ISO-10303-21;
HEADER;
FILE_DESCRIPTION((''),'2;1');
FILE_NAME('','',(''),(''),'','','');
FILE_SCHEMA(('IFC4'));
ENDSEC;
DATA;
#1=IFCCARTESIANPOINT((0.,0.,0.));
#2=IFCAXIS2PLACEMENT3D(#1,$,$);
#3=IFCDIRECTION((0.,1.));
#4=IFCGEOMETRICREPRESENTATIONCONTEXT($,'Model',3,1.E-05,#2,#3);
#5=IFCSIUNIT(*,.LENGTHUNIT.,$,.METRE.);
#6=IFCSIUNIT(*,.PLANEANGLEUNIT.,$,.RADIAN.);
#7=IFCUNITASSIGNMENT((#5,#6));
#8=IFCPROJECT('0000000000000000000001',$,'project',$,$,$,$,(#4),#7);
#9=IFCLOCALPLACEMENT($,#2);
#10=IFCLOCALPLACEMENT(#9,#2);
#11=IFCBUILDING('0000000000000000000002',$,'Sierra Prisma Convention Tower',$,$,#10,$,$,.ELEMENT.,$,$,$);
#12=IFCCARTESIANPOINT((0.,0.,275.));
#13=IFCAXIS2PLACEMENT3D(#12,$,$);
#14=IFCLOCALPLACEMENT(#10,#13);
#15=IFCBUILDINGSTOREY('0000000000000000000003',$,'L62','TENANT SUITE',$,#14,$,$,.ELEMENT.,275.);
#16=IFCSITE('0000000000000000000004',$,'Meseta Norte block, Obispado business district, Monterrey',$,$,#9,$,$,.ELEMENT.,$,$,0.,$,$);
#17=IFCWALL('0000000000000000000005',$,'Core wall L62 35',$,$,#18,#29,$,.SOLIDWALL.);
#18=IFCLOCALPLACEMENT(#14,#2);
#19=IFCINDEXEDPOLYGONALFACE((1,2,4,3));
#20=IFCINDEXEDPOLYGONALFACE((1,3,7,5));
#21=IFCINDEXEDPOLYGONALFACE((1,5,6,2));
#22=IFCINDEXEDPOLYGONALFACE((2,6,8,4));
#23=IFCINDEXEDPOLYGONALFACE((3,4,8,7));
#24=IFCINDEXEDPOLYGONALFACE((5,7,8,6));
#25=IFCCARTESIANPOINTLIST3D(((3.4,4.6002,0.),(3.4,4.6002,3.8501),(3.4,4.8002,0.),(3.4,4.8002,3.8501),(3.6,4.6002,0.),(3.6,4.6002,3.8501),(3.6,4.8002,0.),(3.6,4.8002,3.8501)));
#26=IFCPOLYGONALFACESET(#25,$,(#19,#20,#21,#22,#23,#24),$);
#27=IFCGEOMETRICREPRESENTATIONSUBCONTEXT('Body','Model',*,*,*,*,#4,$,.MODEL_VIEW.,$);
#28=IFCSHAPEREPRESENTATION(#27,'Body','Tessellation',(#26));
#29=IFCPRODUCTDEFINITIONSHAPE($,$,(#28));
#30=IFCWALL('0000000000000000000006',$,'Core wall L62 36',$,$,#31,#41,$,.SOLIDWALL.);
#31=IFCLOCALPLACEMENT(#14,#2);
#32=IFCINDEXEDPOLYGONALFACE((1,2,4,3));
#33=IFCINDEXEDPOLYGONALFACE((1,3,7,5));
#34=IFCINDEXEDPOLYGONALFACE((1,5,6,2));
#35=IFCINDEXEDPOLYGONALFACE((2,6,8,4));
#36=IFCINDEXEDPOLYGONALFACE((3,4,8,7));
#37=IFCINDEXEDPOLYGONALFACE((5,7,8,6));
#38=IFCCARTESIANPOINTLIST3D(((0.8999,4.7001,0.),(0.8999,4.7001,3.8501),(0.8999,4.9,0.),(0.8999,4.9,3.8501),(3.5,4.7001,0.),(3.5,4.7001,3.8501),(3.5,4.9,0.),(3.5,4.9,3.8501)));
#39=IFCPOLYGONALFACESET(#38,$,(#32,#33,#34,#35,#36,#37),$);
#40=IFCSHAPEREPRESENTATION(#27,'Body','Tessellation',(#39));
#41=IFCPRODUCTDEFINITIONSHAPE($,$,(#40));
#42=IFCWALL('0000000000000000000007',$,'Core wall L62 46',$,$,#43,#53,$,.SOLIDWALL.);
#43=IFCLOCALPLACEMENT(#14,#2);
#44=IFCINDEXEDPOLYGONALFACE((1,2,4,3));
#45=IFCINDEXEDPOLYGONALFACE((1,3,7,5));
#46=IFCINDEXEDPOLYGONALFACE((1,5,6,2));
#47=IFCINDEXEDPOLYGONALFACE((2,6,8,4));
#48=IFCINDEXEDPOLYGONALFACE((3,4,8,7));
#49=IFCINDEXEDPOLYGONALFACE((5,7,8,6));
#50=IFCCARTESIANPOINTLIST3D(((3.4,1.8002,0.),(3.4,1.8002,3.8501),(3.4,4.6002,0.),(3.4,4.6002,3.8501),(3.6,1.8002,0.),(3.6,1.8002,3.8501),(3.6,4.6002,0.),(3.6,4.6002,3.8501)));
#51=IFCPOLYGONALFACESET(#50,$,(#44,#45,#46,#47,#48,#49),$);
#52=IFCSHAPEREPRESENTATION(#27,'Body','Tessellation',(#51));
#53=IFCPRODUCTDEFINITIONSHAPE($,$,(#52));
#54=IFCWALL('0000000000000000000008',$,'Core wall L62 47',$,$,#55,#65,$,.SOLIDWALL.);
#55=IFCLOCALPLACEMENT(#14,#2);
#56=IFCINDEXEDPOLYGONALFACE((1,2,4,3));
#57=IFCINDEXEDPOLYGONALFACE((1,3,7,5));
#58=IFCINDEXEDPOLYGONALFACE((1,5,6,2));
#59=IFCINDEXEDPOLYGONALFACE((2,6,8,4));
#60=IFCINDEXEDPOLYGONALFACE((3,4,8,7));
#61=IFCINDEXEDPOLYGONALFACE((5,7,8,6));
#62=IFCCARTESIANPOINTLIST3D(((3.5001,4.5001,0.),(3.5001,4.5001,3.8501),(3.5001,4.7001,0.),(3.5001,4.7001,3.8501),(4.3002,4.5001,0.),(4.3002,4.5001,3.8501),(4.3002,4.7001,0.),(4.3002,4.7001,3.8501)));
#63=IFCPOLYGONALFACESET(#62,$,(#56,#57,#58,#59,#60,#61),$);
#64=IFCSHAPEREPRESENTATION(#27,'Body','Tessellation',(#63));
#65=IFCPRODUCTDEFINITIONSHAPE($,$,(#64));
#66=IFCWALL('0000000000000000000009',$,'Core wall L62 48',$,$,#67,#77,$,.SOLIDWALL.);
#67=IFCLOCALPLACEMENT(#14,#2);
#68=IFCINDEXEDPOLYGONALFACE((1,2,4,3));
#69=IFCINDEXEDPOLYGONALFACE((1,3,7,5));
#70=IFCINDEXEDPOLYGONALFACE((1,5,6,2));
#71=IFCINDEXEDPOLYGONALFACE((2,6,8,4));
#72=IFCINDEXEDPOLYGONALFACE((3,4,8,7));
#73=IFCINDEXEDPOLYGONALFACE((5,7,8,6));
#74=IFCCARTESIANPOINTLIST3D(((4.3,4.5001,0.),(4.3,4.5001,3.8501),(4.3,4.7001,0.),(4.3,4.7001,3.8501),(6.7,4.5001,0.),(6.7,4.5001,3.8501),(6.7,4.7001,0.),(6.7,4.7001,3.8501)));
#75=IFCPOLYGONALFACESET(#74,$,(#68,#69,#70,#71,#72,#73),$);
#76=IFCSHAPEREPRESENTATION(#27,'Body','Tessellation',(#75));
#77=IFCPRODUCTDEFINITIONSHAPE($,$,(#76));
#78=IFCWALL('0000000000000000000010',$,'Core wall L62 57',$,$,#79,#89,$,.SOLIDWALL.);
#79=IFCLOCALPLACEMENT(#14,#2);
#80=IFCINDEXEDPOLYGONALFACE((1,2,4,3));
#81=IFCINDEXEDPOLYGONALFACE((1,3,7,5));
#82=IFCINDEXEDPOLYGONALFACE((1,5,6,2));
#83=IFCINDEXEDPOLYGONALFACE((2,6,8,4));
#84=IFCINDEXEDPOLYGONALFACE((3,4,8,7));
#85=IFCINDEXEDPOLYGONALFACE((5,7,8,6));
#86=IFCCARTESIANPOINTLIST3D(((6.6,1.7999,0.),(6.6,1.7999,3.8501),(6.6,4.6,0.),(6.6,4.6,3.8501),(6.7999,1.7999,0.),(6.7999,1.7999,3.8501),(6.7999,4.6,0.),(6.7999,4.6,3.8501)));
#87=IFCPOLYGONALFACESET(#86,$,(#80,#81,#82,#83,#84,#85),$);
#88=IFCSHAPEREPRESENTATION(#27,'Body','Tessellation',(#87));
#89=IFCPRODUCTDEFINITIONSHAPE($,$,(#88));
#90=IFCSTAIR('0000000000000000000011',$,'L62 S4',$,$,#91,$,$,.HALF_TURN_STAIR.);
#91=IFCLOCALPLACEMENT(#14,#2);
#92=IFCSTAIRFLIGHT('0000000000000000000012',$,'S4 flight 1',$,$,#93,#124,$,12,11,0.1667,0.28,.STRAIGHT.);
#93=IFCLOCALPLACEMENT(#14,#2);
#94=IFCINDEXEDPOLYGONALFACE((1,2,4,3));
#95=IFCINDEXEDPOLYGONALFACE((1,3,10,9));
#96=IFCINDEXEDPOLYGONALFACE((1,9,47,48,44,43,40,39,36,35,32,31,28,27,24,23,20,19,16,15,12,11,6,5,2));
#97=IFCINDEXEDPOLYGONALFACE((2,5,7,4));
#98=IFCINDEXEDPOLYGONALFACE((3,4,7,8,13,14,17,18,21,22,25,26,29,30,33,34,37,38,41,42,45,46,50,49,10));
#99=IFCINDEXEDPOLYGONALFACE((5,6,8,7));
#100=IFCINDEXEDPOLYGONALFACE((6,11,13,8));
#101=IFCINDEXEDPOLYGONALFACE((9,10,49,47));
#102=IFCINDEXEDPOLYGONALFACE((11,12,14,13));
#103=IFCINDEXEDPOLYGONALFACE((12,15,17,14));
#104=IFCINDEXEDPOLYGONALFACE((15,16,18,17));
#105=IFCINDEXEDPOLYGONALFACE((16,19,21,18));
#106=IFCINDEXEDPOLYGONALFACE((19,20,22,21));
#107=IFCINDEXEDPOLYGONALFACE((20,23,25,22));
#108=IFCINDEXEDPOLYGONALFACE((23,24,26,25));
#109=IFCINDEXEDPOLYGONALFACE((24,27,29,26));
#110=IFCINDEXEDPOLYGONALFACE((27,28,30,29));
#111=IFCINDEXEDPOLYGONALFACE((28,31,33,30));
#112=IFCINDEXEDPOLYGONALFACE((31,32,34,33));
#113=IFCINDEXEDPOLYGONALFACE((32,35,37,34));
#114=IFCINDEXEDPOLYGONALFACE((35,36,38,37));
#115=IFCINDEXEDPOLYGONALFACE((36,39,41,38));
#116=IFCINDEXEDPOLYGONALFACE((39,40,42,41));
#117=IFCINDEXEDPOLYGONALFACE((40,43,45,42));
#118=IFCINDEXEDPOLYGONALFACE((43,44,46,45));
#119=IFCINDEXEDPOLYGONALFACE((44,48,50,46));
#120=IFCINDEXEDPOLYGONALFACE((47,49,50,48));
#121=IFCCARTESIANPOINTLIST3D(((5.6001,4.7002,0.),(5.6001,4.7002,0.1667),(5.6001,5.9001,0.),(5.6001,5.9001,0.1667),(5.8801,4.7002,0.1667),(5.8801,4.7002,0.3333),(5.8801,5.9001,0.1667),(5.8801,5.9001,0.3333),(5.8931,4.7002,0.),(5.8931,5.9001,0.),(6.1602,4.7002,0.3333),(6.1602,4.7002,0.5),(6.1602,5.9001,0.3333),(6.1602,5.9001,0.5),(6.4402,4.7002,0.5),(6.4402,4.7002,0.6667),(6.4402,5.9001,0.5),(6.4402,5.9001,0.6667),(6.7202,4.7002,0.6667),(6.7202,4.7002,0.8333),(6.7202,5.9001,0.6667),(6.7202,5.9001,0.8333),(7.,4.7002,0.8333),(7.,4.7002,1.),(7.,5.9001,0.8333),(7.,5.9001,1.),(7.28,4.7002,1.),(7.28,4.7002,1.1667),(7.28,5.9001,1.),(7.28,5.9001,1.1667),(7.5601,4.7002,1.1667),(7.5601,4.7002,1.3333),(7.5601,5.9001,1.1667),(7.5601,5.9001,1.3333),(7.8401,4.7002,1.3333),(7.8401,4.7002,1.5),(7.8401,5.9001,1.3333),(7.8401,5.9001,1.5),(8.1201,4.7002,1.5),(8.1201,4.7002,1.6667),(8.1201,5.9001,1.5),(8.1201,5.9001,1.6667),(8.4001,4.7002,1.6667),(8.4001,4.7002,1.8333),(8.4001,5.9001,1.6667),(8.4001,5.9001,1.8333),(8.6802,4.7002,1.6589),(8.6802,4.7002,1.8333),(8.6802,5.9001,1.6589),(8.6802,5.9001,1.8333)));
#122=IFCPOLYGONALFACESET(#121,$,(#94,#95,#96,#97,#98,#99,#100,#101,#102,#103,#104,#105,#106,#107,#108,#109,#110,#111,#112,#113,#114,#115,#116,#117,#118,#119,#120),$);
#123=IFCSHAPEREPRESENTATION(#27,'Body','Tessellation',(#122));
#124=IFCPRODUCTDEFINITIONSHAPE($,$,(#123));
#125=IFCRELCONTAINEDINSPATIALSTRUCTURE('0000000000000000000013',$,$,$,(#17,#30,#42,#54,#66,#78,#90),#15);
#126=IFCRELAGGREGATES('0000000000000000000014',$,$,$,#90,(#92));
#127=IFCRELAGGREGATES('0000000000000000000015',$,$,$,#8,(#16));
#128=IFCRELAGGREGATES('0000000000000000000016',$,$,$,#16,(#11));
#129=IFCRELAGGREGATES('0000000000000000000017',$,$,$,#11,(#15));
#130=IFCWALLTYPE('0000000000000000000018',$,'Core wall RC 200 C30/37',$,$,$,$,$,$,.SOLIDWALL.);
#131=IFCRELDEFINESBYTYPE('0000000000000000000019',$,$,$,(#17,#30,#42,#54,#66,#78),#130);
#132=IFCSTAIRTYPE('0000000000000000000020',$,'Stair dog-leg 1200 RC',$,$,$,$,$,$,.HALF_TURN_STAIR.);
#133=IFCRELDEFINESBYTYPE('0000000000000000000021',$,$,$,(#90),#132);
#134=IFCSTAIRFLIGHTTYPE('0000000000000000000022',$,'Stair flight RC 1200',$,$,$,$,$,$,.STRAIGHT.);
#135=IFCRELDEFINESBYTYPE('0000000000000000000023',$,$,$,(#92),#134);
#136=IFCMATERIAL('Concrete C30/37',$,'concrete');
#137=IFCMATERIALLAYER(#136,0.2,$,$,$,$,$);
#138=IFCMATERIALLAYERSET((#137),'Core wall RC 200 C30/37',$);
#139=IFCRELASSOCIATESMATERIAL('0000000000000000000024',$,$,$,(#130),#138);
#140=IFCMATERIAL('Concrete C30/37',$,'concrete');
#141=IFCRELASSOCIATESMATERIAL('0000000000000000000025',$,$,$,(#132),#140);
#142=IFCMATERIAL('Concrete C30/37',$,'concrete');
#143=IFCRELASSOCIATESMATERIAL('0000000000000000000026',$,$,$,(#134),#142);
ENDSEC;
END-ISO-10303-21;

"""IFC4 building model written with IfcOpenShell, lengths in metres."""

from ifc_helpers import new_model, si_unit, direction, frame, frame_2d, origin, place, context, subcontext, project, spatial, polyline, rectangle, outline, extrude, material, layer, layer_set, type_object, element, aggregate, save


model = new_model("IFC4")

# Units and contexts
model_context = context("Model", 3, precision=1e-05, world=origin(), true_north=direction((0.0, 1.0)))
body_context = subcontext(model_context, "Body", "Model", "MODEL_VIEW")
ifc_project = project(units=[si_unit("LENGTHUNIT", "METRE"), si_unit("PLANEANGLEUNIT", "RADIAN")], contexts=[model_context])

# Site, building, storey
site_placement = place(None, origin())
site = spatial("IfcSite", under=ifc_project, at=site_placement, Name="Meseta Norte block, Obispado business district, Monterrey", CompositionType="ELEMENT", RefElevation=0.0)
building_placement = place(site_placement, origin())
building = spatial("IfcBuilding", under=site, at=building_placement, Name="Sierra Prisma Convention Tower", CompositionType="ELEMENT")
storey_placement = place(building_placement, frame((0.0, 0.0, 275.0)))
storey = spatial("IfcBuildingStorey", under=building, at=storey_placement, Name="L62", Description="TENANT SUITE", CompositionType="ELEMENT", Elevation=275.0)

# Walls
ifc_material_1 = material(Name="Concrete C30/37", Category="concrete")
ifc_layer = layer(ifc_material_1, 0.2)
ifc_layer_set = layer_set([ifc_layer], Name="Core wall RC 200 C30/37")
wall_type = type_object("IfcWallType", Name="Core wall RC 200 C30/37", PredefinedType="SOLIDWALL", material=ifc_layer_set)
wall_1_placement = place(storey_placement, frame((3.5, 4.6001, 0.0), z_axis=(0.0, 0.0, 1.0), x_axis=(0.0, 1.0, 0.0)))
element("IfcWall", 1, at=wall_1_placement, inside=storey, type_object=wall_type, Name="Core wall L62 35", PredefinedType="SOLIDWALL", context=body_context, shape_type="SweptSolid", body=[
    extrude(rectangle(XDim=0.2, YDim=0.2, at=frame_2d((0.1001, 0.0))), origin(), (0.0, 0.0, 1.0), 3.8501),
])
wall_2_placement = place(storey_placement, frame((3.5, 4.8, 0.0), z_axis=(0.0, 0.0, 1.0), x_axis=(-1.0, 0.0, 0.0)))
element("IfcWall", 2, at=wall_2_placement, inside=storey, type_object=wall_type, Name="Core wall L62 36", PredefinedType="SOLIDWALL", context=body_context, shape_type="SweptSolid", body=[
    extrude(rectangle(XDim=2.6001, YDim=0.2, at=frame_2d((1.3, 0.0))), origin(), (0.0, 0.0, 1.0), 3.8501),
])

# Walls
wall_3_placement = place(storey_placement, frame((3.5, 4.6001, 0.0), z_axis=(0.0, 0.0, 1.0), x_axis=(0.0, -1.0, 0.0)))
element("IfcWall", 3, at=wall_3_placement, inside=storey, type_object=wall_type, Name="Core wall L62 46", PredefinedType="SOLIDWALL", context=body_context, shape_type="SweptSolid", body=[
    extrude(rectangle(XDim=2.8, YDim=0.2, at=frame_2d((1.3999, 0.0))), origin(), (0.0, 0.0, 1.0), 3.8501),
])
wall_4_placement = place(storey_placement, frame((4.3, 4.6001, 0.0), z_axis=(0.0, 0.0, 1.0), x_axis=(-1.0, 0.0, 0.0)))
element("IfcWall", 4, at=wall_4_placement, inside=storey, type_object=wall_type, Name="Core wall L62 47", PredefinedType="SOLIDWALL", context=body_context, shape_type="SweptSolid", body=[
    extrude(rectangle(XDim=0.8, YDim=0.2, at=frame_2d((0.3999, 0.0))), origin(), (0.0, 0.0, 1.0), 3.8501),
])
wall_5_placement = place(storey_placement, frame((6.7, 4.6001, 0.0), z_axis=(0.0, 0.0, 1.0), x_axis=(-1.0, 0.0, 0.0)))
element("IfcWall", 5, at=wall_5_placement, inside=storey, type_object=wall_type, Name="Core wall L62 48", PredefinedType="SOLIDWALL", context=body_context, shape_type="SweptSolid", body=[
    extrude(rectangle(XDim=2.3999, YDim=0.2, at=frame_2d((1.2, 0.0))), origin(), (0.0, 0.0, 1.0), 3.8501),
])

# Wall
wall_6_placement = place(storey_placement, frame((6.7, 1.8, 0.0), z_axis=(0.0, 0.0, 1.0), x_axis=(0.0, 1.0, 0.0)))
element("IfcWall", 6, at=wall_6_placement, inside=storey, type_object=wall_type, Name="Core wall L62 57", PredefinedType="SOLIDWALL", context=body_context, shape_type="SweptSolid", body=[
    extrude(rectangle(XDim=2.8, YDim=0.2, at=frame_2d((1.3999, 0.0))), origin(), (0.0, 0.0, 1.0), 3.8501),
])

# Stair, stair flight
ifc_material_2 = material(Name="Concrete C30/37", Category="concrete")
stair_type = type_object("IfcStairType", Name="Stair dog-leg 1200 RC", PredefinedType="HALF_TURN_STAIR", material=ifc_material_2)
stair_placement = place(storey_placement, origin())
stair = element("IfcStair", 7, at=stair_placement, inside=storey, type_object=stair_type, Name="L62 S4", PredefinedType="HALF_TURN_STAIR")
ifc_material_3 = material(Name="Concrete C30/37", Category="concrete")
stair_flight_type = type_object("IfcStairFlightType", Name="Stair flight RC 1200", PredefinedType="STRAIGHT", material=ifc_material_3)
stair_flight_placement = place(storey_placement, frame((5.6001, 5.3, 0.0), z_axis=(0.0, 0.0, 1.0), x_axis=(1.0, 0.0, 0.0)))
stair_flight = element("IfcStairFlight", 8, at=stair_flight_placement, type_object=stair_flight_type, Name="S4 flight 1", NumberOfRisers=12, NumberOfTreads=11, PredefinedType="STRAIGHT", RiserHeight=0.1667, TreadLength=0.28, context=body_context, shape_type="SweptSolid", body=[
    extrude(outline(polyline([(0.0, 0.0), (0.0, 0.1667), (0.28, 0.1667), (0.28, 0.3333), (0.5601, 0.3333), (0.5601, 0.5), (0.8401, 0.5), (0.8401, 0.6667), (1.1201, 0.6667), (1.1201, 0.8333), (1.3999, 0.8333), (1.3999, 1.0), (1.6799, 1.0), (1.6799, 1.1667), (1.96, 1.1667), (1.96, 1.3333), (2.24, 1.3333), (2.24, 1.5), (2.52, 1.5), (2.52, 1.6667), (2.8, 1.6667), (2.8, 1.8333), (3.0801, 1.8333), (3.0801, 2.0), (3.0801, 1.6589), (0.293, 0.0), (0.0, 0.0)])), frame((0.0, 0.6001, 0.0), z_axis=(0.0, -1.0, 0.0), x_axis=(1.0, 0.0, 0.0)), (0.0, 0.0, 1.0), 1.2),
])
aggregate(stair, [stair_flight])

save(model, "model.ifc")
